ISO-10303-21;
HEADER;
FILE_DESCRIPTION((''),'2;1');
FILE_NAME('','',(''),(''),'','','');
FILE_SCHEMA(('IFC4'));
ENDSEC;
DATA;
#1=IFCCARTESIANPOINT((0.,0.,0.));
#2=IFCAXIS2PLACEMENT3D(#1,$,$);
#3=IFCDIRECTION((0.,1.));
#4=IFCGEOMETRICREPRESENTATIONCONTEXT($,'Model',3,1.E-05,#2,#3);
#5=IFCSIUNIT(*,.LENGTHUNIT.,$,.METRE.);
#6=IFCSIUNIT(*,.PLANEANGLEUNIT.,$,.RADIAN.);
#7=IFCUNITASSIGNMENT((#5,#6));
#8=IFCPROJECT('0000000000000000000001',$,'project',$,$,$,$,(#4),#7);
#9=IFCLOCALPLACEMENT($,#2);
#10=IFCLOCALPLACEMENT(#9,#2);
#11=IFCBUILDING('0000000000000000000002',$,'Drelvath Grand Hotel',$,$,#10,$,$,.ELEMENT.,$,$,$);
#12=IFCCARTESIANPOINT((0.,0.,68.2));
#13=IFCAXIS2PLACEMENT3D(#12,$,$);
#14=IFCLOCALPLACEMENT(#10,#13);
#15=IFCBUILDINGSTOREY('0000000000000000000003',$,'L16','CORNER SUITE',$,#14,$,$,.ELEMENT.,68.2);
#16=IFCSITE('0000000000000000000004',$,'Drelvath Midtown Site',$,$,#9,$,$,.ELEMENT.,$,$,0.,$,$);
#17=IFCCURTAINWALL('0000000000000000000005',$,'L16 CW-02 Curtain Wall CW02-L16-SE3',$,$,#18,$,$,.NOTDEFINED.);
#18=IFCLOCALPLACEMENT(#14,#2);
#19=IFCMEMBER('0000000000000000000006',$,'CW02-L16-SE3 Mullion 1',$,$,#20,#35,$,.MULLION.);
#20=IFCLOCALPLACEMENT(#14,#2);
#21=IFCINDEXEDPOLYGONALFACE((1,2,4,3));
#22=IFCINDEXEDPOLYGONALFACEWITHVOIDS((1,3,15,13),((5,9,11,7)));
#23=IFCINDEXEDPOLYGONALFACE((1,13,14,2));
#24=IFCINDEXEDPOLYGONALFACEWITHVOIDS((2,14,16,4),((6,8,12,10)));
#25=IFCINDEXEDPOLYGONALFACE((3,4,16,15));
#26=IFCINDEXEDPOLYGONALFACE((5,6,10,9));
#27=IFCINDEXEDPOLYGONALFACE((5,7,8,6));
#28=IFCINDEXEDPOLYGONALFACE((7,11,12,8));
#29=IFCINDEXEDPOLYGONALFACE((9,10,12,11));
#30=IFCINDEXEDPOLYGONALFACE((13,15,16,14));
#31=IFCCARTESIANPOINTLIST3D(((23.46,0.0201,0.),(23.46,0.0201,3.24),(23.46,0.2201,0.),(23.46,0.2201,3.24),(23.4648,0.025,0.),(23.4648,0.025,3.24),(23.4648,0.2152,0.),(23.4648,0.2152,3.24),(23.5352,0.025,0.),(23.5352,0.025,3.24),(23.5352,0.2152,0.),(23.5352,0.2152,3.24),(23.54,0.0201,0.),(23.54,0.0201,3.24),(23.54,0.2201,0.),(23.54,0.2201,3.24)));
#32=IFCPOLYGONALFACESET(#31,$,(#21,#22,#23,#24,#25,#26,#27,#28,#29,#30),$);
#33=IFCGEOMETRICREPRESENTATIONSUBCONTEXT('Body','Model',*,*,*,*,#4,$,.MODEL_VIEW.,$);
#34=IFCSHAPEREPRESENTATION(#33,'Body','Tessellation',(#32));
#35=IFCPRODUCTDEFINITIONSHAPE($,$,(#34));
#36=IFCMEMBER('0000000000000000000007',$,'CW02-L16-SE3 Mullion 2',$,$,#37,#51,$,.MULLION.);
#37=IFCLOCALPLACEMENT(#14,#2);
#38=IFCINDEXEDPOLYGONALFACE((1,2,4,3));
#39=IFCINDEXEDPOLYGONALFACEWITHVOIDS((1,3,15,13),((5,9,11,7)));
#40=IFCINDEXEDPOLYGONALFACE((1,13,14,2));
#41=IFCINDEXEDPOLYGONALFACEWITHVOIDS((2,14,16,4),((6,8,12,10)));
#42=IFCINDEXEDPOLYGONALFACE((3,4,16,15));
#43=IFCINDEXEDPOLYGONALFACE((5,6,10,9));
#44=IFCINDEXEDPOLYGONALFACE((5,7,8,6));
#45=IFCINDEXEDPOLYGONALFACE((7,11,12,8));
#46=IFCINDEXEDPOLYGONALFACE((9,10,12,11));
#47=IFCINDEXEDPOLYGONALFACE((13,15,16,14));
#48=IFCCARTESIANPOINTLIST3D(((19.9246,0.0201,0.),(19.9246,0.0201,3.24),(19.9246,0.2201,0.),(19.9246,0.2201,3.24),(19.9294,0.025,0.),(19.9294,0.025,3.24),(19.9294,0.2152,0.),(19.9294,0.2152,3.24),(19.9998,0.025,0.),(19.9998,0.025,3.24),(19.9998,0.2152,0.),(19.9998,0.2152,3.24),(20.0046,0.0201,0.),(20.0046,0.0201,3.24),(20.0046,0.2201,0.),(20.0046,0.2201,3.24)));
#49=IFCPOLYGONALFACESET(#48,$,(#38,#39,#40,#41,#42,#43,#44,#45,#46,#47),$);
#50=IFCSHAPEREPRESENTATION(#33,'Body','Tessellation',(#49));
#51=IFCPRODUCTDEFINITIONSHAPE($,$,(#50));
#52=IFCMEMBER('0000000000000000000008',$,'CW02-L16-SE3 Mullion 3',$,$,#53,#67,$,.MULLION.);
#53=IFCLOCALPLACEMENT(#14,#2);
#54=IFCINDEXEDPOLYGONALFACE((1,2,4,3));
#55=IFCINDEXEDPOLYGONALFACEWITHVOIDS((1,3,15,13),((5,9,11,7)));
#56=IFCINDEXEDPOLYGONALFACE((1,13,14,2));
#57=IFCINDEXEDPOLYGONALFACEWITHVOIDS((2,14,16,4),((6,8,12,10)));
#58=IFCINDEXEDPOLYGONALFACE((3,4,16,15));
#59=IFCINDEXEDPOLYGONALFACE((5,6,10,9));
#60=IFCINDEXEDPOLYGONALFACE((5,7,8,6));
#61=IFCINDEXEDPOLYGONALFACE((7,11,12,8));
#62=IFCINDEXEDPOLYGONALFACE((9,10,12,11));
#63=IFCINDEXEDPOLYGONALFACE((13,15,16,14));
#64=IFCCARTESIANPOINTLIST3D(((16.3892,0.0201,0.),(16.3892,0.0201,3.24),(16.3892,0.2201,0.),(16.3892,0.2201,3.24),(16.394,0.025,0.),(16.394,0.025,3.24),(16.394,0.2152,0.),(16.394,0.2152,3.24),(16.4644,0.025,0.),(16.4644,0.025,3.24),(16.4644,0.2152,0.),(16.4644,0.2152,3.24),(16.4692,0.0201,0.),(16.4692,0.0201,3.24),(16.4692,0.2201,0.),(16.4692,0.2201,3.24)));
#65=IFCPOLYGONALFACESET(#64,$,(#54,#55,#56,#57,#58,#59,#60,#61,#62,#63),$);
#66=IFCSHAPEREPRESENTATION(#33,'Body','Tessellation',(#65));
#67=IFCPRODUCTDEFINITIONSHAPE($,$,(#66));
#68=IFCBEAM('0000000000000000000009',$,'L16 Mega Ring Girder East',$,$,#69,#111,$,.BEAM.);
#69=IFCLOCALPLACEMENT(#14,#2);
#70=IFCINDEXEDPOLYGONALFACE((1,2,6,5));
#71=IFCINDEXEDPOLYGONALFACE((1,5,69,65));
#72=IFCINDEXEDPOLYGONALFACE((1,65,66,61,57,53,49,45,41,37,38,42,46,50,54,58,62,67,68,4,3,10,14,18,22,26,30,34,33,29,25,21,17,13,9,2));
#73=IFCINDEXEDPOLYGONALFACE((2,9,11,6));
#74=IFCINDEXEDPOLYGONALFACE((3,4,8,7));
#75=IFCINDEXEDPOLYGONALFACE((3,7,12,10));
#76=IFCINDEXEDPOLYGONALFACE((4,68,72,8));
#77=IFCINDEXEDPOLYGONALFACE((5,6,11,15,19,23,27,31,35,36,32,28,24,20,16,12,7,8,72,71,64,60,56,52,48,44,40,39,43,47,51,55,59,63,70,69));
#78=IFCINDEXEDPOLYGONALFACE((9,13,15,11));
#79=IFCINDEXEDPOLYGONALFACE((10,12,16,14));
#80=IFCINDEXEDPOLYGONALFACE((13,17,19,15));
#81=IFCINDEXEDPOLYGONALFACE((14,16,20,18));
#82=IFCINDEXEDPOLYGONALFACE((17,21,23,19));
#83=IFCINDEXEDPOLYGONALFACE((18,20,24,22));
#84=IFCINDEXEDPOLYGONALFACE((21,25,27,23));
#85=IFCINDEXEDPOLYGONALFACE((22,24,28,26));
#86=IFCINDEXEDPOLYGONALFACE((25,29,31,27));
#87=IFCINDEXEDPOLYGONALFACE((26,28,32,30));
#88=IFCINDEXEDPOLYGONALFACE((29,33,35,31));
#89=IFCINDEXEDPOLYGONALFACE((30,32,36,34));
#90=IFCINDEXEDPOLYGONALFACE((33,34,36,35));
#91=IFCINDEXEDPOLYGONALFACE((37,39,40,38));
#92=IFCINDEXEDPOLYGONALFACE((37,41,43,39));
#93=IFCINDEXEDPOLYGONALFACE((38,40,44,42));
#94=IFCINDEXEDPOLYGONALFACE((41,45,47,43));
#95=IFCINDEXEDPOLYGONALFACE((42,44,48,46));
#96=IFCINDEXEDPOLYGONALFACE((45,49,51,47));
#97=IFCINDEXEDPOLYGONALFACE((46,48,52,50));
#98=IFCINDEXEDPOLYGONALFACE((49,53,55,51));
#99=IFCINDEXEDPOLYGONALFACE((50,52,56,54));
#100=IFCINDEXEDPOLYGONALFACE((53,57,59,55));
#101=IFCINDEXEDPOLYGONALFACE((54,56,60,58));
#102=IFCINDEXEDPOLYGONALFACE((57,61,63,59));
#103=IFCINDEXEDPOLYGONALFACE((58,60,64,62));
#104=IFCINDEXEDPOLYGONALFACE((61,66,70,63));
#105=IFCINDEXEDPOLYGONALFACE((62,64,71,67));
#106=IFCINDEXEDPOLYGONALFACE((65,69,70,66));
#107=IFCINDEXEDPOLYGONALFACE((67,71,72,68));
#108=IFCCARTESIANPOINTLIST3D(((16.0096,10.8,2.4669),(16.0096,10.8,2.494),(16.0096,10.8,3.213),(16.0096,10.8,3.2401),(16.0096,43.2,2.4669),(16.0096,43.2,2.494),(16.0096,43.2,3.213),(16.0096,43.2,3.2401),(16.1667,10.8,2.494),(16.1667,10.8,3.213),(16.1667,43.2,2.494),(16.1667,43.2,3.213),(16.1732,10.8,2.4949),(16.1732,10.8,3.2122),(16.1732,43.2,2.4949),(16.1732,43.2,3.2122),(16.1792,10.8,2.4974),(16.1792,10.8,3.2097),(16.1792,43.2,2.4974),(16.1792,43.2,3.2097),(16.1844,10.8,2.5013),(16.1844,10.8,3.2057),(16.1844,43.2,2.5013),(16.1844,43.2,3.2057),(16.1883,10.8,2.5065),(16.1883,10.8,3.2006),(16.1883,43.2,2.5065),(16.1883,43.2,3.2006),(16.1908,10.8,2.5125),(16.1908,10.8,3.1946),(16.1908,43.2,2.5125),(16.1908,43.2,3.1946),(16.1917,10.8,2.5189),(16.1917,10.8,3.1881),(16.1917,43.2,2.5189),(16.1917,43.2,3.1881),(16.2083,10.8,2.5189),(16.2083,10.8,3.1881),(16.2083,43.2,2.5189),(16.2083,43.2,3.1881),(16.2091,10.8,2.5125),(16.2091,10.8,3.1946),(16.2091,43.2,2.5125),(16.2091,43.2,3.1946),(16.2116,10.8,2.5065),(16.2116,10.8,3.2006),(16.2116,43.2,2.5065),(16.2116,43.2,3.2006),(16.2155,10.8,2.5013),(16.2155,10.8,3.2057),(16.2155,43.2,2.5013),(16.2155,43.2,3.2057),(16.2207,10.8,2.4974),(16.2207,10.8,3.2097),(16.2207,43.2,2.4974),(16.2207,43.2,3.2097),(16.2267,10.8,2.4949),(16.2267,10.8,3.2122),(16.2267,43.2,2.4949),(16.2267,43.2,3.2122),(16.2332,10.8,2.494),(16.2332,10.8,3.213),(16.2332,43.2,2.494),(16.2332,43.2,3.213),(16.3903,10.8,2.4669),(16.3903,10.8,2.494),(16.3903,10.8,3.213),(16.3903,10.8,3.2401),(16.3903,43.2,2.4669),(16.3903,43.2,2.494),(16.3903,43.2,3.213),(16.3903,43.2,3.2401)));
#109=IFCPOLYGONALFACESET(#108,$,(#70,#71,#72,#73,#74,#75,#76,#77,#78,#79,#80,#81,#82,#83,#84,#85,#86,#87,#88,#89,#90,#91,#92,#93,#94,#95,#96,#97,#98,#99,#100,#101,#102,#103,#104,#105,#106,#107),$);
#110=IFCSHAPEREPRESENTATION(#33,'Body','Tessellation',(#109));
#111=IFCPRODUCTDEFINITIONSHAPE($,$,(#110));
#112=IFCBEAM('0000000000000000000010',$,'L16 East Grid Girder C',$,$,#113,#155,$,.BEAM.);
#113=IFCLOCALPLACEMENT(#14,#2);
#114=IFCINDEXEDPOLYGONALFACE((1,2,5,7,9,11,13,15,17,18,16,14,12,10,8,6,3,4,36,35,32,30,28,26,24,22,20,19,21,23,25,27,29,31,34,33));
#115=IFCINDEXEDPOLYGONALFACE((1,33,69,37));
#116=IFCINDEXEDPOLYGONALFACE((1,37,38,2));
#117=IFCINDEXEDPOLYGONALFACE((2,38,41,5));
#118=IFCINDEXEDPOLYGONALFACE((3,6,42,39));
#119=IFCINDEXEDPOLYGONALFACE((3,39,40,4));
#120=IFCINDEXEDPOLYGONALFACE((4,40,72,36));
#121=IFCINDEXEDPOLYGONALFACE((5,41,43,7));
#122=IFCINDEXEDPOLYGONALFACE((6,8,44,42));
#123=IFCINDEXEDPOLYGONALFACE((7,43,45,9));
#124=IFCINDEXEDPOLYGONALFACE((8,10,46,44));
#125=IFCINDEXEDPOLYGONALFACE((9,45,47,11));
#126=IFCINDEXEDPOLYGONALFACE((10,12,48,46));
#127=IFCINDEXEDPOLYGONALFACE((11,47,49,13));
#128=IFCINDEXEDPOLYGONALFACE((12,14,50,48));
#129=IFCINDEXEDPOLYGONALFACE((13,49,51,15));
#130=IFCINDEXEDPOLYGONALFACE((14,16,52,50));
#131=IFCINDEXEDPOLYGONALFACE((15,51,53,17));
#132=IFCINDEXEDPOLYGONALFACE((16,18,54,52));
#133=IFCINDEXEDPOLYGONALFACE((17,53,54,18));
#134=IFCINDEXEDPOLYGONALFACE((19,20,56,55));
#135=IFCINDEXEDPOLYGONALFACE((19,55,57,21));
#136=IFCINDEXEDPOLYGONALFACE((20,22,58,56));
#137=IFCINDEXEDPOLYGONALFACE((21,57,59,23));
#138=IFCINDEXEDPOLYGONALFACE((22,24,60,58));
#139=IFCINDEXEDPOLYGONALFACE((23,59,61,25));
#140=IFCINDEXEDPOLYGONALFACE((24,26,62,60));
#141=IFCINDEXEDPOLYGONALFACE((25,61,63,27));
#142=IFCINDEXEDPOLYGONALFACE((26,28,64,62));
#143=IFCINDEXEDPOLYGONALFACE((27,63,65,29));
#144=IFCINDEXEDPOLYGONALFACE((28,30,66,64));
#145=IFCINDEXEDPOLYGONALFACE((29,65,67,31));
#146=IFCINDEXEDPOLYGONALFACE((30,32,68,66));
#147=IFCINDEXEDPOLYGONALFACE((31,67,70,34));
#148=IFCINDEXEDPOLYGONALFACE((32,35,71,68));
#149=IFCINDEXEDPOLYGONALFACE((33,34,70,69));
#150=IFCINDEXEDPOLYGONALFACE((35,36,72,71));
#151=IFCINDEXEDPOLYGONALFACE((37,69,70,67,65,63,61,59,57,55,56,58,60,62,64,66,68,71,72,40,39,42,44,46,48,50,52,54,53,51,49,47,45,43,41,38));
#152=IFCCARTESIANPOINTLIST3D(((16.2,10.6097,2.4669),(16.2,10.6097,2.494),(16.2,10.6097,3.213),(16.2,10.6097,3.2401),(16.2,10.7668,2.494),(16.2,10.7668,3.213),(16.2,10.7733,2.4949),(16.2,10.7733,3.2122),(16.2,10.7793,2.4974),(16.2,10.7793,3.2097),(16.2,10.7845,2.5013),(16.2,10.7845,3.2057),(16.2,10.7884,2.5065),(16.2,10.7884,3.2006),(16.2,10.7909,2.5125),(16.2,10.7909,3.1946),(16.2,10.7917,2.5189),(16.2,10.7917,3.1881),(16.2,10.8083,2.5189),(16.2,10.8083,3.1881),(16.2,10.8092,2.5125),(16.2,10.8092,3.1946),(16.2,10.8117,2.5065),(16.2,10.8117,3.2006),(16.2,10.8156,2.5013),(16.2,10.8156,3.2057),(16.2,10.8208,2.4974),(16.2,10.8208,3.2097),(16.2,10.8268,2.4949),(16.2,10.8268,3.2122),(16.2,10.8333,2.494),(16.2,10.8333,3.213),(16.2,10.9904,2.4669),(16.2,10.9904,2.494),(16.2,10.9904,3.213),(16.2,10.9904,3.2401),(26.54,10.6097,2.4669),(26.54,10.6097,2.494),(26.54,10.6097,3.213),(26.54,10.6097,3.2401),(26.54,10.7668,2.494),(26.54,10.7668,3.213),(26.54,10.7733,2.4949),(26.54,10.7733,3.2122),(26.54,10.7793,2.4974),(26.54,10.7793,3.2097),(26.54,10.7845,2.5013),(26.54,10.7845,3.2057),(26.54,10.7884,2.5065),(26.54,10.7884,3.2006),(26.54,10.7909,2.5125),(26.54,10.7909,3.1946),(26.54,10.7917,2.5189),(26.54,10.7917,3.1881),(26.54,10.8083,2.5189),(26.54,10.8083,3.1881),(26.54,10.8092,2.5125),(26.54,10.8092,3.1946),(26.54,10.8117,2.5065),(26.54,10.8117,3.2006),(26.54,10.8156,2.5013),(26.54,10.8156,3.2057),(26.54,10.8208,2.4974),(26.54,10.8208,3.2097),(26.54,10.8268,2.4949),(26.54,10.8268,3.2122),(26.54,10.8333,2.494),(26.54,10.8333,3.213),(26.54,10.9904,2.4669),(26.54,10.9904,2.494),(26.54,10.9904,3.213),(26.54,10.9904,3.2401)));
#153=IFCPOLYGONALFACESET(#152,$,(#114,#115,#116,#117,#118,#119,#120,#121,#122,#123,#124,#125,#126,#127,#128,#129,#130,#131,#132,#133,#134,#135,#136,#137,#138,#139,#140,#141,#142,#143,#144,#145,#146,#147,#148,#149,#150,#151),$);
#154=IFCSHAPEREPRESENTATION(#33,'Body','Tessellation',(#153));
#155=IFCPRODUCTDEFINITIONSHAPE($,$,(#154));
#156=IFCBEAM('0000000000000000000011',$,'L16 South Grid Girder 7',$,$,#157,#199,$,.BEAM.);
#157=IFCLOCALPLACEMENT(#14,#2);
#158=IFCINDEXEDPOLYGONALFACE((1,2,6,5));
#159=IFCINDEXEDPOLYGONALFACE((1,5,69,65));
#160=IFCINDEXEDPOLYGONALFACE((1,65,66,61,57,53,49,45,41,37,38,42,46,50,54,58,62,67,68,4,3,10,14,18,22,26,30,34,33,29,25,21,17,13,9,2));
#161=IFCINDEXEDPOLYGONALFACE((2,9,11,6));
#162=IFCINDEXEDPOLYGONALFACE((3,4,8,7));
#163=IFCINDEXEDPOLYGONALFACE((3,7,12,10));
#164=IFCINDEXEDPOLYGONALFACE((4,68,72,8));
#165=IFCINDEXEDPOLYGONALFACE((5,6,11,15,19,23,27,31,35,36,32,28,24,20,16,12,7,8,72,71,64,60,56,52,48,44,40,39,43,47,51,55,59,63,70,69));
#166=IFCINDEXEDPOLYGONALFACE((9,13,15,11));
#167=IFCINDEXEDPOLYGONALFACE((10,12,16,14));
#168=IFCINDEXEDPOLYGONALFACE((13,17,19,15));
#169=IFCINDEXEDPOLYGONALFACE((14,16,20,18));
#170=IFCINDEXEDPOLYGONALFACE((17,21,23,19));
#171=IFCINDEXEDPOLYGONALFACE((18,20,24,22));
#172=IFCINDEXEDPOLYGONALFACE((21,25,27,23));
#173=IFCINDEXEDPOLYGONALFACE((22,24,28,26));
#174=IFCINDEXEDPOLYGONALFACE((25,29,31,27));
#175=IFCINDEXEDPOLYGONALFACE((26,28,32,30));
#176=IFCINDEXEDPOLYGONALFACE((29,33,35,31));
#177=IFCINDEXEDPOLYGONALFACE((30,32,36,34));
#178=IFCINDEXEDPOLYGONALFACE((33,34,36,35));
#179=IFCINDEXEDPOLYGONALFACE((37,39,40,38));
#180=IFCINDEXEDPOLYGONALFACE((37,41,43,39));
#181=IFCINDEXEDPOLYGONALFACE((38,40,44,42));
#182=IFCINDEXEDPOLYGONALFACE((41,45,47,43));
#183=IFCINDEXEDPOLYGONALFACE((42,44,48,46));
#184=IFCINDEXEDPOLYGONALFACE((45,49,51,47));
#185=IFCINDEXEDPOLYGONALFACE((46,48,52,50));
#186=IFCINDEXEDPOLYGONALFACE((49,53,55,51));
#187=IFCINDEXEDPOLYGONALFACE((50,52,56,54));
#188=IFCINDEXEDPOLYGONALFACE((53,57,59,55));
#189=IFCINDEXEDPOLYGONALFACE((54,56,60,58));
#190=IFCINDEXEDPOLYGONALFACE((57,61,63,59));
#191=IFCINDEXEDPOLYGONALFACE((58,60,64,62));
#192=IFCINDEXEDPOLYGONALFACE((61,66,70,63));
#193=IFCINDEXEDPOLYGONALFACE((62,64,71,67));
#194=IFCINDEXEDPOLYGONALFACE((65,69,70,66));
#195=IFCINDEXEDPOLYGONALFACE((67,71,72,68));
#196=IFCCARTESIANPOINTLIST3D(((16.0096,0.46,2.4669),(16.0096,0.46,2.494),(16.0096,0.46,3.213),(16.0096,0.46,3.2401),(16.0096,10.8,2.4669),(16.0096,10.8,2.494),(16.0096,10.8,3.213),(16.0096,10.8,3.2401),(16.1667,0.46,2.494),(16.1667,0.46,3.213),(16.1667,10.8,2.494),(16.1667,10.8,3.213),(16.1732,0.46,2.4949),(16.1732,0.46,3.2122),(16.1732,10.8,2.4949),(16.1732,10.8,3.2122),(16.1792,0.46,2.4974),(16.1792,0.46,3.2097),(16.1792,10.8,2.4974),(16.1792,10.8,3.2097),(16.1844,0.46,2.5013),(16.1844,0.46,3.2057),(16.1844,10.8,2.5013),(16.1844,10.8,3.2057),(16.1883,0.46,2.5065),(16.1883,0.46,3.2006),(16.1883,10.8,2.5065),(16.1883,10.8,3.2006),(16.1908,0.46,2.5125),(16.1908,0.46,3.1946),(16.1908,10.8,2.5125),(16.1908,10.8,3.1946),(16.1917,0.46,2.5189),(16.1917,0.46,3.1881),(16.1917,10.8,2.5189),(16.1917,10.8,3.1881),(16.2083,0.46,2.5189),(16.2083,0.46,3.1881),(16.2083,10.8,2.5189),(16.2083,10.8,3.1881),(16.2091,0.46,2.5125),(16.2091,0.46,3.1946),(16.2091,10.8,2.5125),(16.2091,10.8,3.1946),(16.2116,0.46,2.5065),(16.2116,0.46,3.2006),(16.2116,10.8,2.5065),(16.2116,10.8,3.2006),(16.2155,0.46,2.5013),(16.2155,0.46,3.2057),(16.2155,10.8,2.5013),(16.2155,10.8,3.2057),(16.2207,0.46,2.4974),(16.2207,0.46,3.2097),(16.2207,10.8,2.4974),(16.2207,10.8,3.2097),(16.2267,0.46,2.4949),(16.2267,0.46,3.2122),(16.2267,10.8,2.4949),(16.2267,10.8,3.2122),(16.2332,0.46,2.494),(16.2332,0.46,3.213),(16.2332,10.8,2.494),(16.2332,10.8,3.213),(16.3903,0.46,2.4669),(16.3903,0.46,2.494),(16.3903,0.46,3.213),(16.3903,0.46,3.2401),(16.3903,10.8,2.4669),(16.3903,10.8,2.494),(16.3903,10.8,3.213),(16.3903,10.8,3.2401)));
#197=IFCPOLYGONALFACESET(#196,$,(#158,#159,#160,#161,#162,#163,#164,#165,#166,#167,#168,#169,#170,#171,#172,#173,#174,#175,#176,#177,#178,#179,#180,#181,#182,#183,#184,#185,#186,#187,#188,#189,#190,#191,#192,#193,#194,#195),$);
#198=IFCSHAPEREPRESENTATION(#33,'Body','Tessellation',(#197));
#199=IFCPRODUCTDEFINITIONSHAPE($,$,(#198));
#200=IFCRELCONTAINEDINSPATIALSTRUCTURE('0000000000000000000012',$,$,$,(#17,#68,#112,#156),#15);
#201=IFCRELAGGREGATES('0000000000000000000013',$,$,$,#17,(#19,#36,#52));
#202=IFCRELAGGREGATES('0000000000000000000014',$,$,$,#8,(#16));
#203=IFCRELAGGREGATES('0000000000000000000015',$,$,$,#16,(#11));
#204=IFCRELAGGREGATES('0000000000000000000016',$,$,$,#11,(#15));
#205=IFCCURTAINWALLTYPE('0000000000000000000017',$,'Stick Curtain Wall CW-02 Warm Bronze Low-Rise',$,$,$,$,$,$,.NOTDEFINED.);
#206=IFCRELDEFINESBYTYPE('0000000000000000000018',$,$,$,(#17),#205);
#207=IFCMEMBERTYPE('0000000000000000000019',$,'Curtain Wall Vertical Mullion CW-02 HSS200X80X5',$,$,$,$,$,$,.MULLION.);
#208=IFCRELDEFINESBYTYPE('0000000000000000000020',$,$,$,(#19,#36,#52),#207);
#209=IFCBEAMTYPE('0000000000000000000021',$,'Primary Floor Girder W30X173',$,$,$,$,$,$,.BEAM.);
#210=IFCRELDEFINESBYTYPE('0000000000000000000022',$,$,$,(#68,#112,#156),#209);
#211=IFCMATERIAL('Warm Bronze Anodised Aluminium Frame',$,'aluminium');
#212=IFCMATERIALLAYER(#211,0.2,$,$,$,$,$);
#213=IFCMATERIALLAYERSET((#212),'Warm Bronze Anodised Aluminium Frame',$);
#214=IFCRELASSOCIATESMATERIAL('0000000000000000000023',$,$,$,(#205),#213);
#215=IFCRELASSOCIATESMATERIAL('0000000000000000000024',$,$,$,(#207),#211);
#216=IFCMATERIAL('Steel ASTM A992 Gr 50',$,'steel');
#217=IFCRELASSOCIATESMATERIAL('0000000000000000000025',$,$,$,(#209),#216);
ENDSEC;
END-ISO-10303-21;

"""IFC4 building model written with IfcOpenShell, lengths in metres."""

from ifc_helpers import new_model, si_unit, direction, frame, origin, origin_2d, place, context, subcontext, project, spatial, hollow_rectangle, i_section, extrude, material, layer, layer_set, material_profile, profile_set, type_object, element, aggregate, save


model = new_model("IFC4")

# Units and contexts
model_context = context("Model", 3, precision=1e-05, world=origin(), true_north=direction((0.0, 1.0)))
body_context = subcontext(model_context, "Body", "Model", "MODEL_VIEW")
ifc_project = project(units=[si_unit("LENGTHUNIT", "METRE"), si_unit("PLANEANGLEUNIT", "RADIAN")], contexts=[model_context])

# Site, building, storey
site_placement = place(None, origin())
site = spatial("IfcSite", under=ifc_project, at=site_placement, Name="Drelvath Midtown Site", CompositionType="ELEMENT", RefElevation=0.0)
building_placement = place(site_placement, origin())
building = spatial("IfcBuilding", under=site, at=building_placement, Name="Drelvath Grand Hotel", CompositionType="ELEMENT")
storey_placement = place(building_placement, frame((0.0, 0.0, 68.2)))
storey = spatial("IfcBuildingStorey", under=building, at=storey_placement, Name="L16", Description="CORNER SUITE", CompositionType="ELEMENT", Elevation=68.2)

# Curtain wall
ifc_material_1 = material(Name="Warm Bronze Anodised Aluminium Frame", Category="aluminium")
ifc_layer_1 = layer(ifc_material_1, 0.2)
ifc_layer_set_1 = layer_set([ifc_layer_1], Name="Warm Bronze Anodised Aluminium Frame")
curtain_wall_type = type_object("IfcCurtainWallType", Name="Stick Curtain Wall CW-02 Warm Bronze Low-Rise", PredefinedType="NOTDEFINED", material=ifc_layer_set_1)
curtain_wall_1_placement = place(storey_placement, origin())
curtain_wall_1 = element("IfcCurtainWall", 1, at=curtain_wall_1_placement, inside=storey, type_object=curtain_wall_type, Name="L16 CW-02 Curtain Wall CW02-L16-SE3", PredefinedType="NOTDEFINED")

# Members
ifc_material_profile_1 = material_profile(ifc_material_1, hollow_rectangle(XDim=0.0801, YDim=0.2, WallThickness=0.0049, at=origin_2d()), Name="HSS200X80X5")
ifc_profile_set_1 = profile_set([ifc_material_profile_1], Name="Warm Bronze Anodised Aluminium Frame")
member_type_1 = type_object("IfcMemberType", Name="Curtain Wall Vertical Mullion CW-02 HSS200X80X5", PredefinedType="MULLION", material=ifc_profile_set_1)
member_1_placement = place(storey_placement, frame((23.5, 0.1201, 0.0), z_axis=(0.0, 0.0, 1.0), x_axis=(1.0, 0.0, 0.0)))
member_1 = element("IfcMember", 2, at=member_1_placement, type_object=member_type_1, Name="CW02-L16-SE3 Mullion 1", PredefinedType="MULLION", context=body_context, shape_type="SweptSolid", body=[
    extrude(hollow_rectangle(XDim=0.0801, YDim=0.2, WallThickness=0.0049, at=origin_2d()), origin(), (0.0, 0.0, 1.0), 3.24),
])
member_2_placement = place(storey_placement, frame((19.9646, 0.1201, 0.0), z_axis=(0.0, 0.0, 1.0), x_axis=(1.0, 0.0, 0.0)))
member_2 = element("IfcMember", 3, at=member_2_placement, type_object=member_type_1, Name="CW02-L16-SE3 Mullion 2", PredefinedType="MULLION", context=body_context, shape_type="SweptSolid", body=[
    extrude(hollow_rectangle(XDim=0.0801, YDim=0.2, WallThickness=0.0049, at=origin_2d()), origin(), (0.0, 0.0, 1.0), 3.24),
])
member_3_placement = place(storey_placement, frame((16.4292, 0.1201, 0.0), z_axis=(0.0, 0.0, 1.0), x_axis=(1.0, 0.0, 0.0)))
member_3 = element("IfcMember", 4, at=member_3_placement, type_object=member_type_1, Name="CW02-L16-SE3 Mullion 3", PredefinedType="MULLION", context=body_context, shape_type="SweptSolid", body=[
    extrude(hollow_rectangle(XDim=0.0801, YDim=0.2, WallThickness=0.0049, at=origin_2d()), origin(), (0.0, 0.0, 1.0), 3.24),
])

# Beams
ifc_material_2 = material(Name="Steel ASTM A992 Gr 50", Category="steel")
ifc_material_profile_2 = material_profile(ifc_material_2, i_section(OverallWidth=0.3806, OverallDepth=0.7732, WebThickness=0.0166, FlangeThickness=0.0271, FilletRadius=0.0249, at=origin_2d()), Name="W30X173")
ifc_profile_set_2 = profile_set([ifc_material_profile_2], Name="Steel ASTM A992 Gr 50")
beam_type = type_object("IfcBeamType", Name="Primary Floor Girder W30X173", PredefinedType="BEAM", material=ifc_profile_set_2)
beam_placement = place(storey_placement, frame((16.2, 10.8, 2.8535), z_axis=(0.0, 1.0, 0.0), x_axis=(-1.0, 0.0, 0.0)))
element("IfcBeam", 5, at=beam_placement, inside=storey, type_object=beam_type, Name="L16 Mega Ring Girder East", PredefinedType="BEAM", context=body_context, shape_type="SweptSolid", body=[
    extrude(i_section(OverallWidth=0.3806, OverallDepth=0.7732, WebThickness=0.0166, FlangeThickness=0.0271, FilletRadius=0.0249, at=origin_2d()), origin(), (0.0, 0.0, 1.0), 32.3999),
])
for number, where, z_axis, x_axis, name in (
    (6, (16.2, 10.8, 2.8535), (1.0, 0.0, 0.0), (0.0, 1.0, 0.0), "L16 East Grid Girder C"),
    (7, (16.2, 0.46, 2.8535), (0.0, 1.0, 0.0), (-1.0, 0.0, 0.0), "L16 South Grid Girder 7"),
):
    element("IfcBeam", number, at=place(storey_placement, frame(where, z_axis=z_axis, x_axis=x_axis)), inside=storey, type_object=beam_type, Name=name, PredefinedType="BEAM", context=body_context, shape_type="SweptSolid", body=[
        extrude(i_section(OverallWidth=0.3806, OverallDepth=0.7732, WebThickness=0.0166, FlangeThickness=0.0271, FilletRadius=0.0249, at=origin_2d()), origin(), (0.0, 0.0, 1.0), 10.3401),
    ])

aggregate(curtain_wall_1, [member_1, member_2, member_3])

save(model, "model.ifc")
